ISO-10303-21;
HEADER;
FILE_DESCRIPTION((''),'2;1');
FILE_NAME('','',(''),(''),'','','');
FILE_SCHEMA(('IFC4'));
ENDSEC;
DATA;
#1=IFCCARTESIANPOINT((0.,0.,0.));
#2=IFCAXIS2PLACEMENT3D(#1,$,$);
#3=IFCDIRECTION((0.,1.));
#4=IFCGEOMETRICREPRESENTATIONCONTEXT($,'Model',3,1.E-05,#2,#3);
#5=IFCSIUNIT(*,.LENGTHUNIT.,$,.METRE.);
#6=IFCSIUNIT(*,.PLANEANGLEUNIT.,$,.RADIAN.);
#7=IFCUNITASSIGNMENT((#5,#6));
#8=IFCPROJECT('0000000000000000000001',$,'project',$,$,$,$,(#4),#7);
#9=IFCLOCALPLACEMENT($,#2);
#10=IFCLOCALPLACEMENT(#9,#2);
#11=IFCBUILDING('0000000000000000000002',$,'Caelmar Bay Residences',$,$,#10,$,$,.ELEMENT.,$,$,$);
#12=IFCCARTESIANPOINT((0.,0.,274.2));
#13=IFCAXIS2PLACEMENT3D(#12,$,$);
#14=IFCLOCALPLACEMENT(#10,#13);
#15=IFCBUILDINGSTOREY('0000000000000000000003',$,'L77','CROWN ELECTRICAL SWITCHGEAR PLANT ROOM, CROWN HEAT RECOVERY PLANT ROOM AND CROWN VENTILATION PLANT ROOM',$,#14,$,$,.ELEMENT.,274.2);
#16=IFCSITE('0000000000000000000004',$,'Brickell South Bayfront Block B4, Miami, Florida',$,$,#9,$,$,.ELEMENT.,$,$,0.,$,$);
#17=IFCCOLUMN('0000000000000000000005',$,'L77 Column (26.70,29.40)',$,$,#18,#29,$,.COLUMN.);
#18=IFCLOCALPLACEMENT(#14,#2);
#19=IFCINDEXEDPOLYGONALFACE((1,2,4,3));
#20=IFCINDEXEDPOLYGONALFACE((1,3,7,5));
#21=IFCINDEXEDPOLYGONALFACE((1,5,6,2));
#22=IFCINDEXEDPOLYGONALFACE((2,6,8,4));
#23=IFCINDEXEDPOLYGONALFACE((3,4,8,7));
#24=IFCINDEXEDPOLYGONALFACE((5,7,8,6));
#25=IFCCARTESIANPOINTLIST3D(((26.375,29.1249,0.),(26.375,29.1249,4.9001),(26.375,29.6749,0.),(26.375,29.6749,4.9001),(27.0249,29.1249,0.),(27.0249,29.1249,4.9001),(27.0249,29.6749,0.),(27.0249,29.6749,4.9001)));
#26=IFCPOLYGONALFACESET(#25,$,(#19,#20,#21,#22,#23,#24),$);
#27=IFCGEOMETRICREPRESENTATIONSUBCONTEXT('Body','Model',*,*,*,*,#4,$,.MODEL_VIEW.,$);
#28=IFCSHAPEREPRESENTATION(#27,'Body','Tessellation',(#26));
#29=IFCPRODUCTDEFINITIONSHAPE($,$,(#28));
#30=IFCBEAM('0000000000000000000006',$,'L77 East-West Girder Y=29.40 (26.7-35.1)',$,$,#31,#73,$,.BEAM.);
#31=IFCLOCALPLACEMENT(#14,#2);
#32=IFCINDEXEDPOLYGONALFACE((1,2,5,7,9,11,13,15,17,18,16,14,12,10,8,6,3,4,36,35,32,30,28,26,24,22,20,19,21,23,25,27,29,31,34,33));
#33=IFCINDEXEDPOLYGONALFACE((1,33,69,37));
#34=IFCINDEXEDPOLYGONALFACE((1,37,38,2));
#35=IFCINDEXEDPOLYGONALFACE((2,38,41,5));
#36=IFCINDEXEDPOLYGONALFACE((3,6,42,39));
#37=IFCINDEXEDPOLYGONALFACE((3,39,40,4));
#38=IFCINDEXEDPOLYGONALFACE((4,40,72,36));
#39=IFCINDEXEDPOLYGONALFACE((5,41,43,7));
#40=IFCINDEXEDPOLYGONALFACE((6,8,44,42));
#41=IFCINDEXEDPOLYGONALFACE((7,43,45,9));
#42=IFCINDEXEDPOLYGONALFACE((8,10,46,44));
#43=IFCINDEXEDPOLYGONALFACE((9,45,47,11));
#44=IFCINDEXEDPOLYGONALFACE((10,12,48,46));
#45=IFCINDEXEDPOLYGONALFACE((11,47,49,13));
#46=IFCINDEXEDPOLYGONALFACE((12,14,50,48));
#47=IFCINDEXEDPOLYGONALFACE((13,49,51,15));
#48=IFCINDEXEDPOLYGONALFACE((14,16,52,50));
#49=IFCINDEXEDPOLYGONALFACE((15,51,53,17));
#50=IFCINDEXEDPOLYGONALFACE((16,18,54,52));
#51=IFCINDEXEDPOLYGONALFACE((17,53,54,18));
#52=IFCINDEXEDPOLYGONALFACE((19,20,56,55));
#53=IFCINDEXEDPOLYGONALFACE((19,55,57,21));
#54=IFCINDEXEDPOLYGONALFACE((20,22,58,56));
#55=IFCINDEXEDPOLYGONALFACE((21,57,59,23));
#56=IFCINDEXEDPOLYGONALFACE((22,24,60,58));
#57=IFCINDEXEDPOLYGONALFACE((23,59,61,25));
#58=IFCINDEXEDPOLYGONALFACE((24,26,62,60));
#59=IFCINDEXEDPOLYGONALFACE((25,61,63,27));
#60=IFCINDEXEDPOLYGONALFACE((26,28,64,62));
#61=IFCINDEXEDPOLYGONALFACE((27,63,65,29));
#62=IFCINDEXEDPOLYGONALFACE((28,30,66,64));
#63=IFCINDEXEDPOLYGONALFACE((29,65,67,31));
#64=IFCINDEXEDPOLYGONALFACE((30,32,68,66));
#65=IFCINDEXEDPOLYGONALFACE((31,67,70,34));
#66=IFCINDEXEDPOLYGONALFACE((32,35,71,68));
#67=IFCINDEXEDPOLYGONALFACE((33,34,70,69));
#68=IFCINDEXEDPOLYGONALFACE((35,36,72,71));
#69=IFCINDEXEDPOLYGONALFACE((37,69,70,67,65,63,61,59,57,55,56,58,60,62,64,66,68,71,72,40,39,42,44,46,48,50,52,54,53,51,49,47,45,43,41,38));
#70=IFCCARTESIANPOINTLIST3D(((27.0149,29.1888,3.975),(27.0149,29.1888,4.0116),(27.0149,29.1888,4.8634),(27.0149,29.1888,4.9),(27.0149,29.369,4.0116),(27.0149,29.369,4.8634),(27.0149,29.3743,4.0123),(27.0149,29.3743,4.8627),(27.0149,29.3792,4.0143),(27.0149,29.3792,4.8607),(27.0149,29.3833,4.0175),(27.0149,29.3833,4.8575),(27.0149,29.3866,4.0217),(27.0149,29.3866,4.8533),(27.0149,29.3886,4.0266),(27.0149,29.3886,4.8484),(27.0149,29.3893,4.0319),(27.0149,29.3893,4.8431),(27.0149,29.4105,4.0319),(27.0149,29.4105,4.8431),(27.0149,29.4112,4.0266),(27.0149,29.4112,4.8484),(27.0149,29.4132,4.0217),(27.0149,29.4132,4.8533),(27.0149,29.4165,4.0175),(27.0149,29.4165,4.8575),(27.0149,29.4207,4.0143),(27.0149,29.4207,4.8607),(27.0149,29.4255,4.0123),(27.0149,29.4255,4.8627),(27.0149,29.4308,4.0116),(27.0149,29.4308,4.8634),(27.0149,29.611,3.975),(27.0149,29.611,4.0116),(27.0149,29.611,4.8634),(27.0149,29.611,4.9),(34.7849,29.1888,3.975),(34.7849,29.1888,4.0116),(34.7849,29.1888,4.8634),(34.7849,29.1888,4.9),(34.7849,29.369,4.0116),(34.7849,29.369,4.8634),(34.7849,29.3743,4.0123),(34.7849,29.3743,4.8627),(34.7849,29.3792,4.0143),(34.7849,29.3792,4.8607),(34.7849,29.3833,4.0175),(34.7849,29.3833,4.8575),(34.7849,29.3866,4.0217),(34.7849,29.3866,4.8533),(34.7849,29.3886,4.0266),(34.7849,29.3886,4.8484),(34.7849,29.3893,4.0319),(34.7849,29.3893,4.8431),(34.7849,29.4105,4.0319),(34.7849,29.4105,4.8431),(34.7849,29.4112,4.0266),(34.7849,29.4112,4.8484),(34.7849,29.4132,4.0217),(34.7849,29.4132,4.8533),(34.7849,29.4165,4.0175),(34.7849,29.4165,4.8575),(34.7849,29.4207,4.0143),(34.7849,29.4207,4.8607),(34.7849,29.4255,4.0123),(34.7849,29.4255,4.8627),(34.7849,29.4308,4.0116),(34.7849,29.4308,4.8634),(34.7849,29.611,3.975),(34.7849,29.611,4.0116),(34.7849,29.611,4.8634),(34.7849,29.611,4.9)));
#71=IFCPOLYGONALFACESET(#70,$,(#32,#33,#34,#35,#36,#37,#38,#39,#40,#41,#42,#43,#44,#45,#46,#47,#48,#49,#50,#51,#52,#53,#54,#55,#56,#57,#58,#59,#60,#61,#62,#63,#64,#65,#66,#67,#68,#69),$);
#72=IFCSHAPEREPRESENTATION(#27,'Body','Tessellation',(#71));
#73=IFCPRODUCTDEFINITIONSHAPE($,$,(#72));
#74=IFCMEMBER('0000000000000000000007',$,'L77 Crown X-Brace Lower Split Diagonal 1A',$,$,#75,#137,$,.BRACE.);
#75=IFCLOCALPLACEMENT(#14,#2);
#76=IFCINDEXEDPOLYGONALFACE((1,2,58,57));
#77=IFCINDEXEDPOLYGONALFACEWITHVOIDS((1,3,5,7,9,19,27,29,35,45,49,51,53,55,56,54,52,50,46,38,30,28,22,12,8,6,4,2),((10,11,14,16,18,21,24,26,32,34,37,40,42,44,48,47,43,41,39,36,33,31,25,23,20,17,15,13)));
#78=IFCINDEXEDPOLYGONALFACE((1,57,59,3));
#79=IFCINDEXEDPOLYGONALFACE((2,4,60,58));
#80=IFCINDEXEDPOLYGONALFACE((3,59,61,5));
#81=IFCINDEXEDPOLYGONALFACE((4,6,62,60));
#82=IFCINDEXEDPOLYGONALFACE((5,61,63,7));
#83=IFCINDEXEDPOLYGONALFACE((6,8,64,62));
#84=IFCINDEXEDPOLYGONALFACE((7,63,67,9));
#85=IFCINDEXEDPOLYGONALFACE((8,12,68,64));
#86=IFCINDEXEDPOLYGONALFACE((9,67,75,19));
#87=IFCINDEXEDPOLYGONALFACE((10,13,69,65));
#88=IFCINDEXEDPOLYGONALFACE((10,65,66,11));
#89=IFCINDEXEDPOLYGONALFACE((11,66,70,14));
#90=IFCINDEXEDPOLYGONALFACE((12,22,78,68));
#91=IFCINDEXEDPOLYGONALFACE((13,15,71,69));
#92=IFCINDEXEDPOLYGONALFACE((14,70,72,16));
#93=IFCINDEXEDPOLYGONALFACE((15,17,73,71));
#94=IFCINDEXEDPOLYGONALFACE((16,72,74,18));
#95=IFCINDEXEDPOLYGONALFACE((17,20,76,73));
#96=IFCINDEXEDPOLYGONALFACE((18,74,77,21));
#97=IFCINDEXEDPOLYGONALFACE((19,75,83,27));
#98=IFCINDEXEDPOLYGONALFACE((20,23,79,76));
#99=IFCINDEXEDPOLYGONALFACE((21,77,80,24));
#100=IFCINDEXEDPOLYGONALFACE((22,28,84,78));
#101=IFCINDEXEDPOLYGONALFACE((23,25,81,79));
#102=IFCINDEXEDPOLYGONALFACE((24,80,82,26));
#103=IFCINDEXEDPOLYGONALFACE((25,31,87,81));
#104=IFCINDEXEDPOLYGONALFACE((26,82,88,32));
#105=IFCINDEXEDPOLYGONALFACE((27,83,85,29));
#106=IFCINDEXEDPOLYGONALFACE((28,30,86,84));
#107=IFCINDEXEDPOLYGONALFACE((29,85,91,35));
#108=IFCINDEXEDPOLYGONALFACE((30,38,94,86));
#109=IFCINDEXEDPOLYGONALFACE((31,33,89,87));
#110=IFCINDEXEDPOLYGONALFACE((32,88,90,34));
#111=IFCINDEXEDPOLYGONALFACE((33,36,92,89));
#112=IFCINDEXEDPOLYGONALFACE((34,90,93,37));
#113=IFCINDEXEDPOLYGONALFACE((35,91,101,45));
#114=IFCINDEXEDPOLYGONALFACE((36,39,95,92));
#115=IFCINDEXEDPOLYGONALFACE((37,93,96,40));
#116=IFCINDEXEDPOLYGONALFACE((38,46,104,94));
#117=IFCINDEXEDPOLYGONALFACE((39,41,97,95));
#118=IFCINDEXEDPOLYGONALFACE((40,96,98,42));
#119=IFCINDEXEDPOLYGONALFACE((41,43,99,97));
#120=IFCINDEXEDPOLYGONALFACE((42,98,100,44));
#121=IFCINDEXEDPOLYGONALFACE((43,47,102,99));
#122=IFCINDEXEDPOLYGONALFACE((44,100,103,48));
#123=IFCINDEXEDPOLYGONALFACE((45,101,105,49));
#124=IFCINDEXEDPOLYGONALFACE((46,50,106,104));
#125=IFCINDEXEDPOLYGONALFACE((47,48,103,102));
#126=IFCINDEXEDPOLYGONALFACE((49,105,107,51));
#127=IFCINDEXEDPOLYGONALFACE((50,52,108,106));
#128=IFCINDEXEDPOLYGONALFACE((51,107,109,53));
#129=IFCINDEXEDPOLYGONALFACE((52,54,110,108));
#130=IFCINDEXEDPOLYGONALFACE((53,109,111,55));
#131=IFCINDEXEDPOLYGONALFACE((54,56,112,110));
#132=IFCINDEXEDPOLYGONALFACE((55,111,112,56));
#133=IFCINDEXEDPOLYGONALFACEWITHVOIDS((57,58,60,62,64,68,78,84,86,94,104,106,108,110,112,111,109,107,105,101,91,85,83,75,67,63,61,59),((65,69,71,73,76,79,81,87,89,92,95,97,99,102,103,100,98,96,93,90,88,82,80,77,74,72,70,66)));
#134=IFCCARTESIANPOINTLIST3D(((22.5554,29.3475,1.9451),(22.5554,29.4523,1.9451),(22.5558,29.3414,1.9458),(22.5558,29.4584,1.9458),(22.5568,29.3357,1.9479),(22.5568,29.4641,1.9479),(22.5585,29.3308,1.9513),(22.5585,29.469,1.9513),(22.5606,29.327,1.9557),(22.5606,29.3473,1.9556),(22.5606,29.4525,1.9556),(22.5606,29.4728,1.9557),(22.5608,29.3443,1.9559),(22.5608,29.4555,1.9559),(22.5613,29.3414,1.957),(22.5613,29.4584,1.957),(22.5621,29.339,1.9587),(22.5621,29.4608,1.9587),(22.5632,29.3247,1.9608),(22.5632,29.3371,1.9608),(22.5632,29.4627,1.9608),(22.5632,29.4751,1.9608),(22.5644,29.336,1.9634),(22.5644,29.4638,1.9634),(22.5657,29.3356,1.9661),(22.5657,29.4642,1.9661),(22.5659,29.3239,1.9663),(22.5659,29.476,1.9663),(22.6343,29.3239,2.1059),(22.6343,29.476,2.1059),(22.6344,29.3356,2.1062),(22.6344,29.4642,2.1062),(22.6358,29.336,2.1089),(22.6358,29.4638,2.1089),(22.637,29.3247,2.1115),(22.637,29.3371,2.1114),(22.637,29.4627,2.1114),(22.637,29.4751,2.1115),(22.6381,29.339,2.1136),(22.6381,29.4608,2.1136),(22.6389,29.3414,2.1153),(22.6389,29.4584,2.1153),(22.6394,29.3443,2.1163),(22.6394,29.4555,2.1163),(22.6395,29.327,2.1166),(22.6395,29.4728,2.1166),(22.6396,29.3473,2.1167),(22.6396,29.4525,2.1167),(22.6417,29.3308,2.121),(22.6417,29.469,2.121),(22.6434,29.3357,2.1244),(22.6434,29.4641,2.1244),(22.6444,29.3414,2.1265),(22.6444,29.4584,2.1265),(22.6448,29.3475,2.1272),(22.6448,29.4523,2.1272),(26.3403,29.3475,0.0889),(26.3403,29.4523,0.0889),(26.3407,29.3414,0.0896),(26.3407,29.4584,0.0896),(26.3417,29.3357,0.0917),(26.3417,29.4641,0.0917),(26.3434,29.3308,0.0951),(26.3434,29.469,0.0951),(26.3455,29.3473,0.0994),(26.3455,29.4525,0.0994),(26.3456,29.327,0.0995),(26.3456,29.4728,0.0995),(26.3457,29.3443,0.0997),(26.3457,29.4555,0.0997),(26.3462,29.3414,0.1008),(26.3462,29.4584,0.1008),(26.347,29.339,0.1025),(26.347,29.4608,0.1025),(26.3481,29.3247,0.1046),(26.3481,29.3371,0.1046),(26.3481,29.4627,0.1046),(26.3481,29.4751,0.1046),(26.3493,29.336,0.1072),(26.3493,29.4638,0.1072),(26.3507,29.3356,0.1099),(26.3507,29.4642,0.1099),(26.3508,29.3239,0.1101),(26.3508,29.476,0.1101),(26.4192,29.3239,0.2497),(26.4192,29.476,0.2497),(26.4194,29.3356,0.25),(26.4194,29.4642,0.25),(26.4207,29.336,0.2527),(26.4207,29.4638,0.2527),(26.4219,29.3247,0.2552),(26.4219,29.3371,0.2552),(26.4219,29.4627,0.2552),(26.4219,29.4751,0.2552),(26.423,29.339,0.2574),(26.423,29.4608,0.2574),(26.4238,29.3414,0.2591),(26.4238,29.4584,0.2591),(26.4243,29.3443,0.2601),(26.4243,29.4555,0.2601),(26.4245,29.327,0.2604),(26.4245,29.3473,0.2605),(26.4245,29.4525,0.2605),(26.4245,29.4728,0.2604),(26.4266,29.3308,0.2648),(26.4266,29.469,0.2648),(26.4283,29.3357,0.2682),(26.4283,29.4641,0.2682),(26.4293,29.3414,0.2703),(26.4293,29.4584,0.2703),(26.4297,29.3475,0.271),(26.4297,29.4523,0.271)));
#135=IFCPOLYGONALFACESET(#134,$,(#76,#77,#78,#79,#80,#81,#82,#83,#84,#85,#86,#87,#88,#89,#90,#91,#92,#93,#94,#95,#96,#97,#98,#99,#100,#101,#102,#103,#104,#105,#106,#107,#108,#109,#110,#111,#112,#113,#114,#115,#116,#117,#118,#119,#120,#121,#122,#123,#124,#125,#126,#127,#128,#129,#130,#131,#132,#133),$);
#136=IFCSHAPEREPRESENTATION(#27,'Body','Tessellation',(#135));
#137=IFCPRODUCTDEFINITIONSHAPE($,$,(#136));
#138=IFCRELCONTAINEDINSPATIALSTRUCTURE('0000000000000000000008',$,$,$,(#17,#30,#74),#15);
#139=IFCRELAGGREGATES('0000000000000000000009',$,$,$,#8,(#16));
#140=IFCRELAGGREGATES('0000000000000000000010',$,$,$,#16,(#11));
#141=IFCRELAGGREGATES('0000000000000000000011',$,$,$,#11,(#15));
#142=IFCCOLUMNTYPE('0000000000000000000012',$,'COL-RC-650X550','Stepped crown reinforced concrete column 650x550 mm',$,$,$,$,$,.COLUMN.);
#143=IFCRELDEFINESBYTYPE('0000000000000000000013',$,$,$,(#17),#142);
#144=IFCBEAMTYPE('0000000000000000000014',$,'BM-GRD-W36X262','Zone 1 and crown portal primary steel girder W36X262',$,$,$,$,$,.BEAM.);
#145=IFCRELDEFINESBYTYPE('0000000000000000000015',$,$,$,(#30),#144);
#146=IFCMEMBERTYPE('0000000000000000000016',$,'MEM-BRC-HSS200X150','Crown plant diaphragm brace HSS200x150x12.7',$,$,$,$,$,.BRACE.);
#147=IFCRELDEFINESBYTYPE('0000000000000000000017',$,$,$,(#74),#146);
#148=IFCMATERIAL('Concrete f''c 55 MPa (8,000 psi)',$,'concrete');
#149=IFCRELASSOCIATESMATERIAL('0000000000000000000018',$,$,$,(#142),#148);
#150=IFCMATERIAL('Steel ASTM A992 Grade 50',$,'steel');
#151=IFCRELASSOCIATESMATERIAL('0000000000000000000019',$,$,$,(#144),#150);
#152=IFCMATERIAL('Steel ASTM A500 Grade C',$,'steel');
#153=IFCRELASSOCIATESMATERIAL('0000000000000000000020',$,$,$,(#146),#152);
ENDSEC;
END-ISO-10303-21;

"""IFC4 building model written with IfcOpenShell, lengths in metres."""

from ifc_helpers import new_model, si_unit, direction, frame, origin, origin_2d, place, context, subcontext, project, spatial, rectangle, hollow_rectangle, i_section, extrude, material, material_profile, profile_set, type_object, element, save


model = new_model("IFC4")

# Units and contexts
model_context = context("Model", 3, precision=1e-05, world=origin(), true_north=direction((0.0, 1.0)))
body_context = subcontext(model_context, "Body", "Model", "MODEL_VIEW")
ifc_project = project(units=[si_unit("LENGTHUNIT", "METRE"), si_unit("PLANEANGLEUNIT", "RADIAN")], contexts=[model_context])

# Site, building, storey
site_placement = place(None, origin())
site = spatial("IfcSite", under=ifc_project, at=site_placement, Name="Brickell South Bayfront Block B4, Miami, Florida", CompositionType="ELEMENT", RefElevation=0.0)
building_placement = place(site_placement, origin())
building = spatial("IfcBuilding", under=site, at=building_placement, Name="Caelmar Bay Residences", CompositionType="ELEMENT")
storey_placement = place(building_placement, frame((0.0, 0.0, 274.2)))
storey = spatial("IfcBuildingStorey", under=building, at=storey_placement, Name="L77", Description="CROWN ELECTRICAL SWITCHGEAR PLANT ROOM, CROWN HEAT RECOVERY PLANT ROOM AND CROWN VENTILATION PLANT ROOM", CompositionType="ELEMENT", Elevation=274.2)

# Column
ifc_material_1 = material(Name="Concrete f'c 55 MPa (8,000 psi)", Category="concrete")
ifc_material_profile_1 = material_profile(ifc_material_1, rectangle(XDim=0.6499, YDim=0.55, at=origin_2d()), Name="RC-COL-650X550")
ifc_profile_set_1 = profile_set([ifc_material_profile_1], Name="Concrete f'c 55 MPa (8,000 psi)")
column_type = type_object("IfcColumnType", Name="COL-RC-650X550", Description="Stepped crown reinforced concrete column 650x550 mm", PredefinedType="COLUMN", material=ifc_profile_set_1)
column_placement = place(storey_placement, frame((26.7, 29.3999, 0.0), z_axis=(0.0, 0.0, 1.0), x_axis=(1.0, 0.0, 0.0)))
element("IfcColumn", 1, at=column_placement, inside=storey, type_object=column_type, Name="L77 Column (26.70,29.40)", PredefinedType="COLUMN", context=body_context, shape_type="SweptSolid", body=[
    extrude(rectangle(XDim=0.6499, YDim=0.55, at=origin_2d()), origin(), (0.0, 0.0, 1.0), 4.9001),
])

# Beam
ifc_material_2 = material(Name="Steel ASTM A992 Grade 50", Category="steel")
ifc_material_profile_2 = material_profile(ifc_material_2, i_section(OverallWidth=0.4221, OverallDepth=0.925, WebThickness=0.0212, FlangeThickness=0.0366, FilletRadius=0.0203, at=origin_2d()), Name="W36X262")
ifc_profile_set_2 = profile_set([ifc_material_profile_2], Name="Steel ASTM A992 Grade 50")
beam_type = type_object("IfcBeamType", Name="BM-GRD-W36X262", Description="Zone 1 and crown portal primary steel girder W36X262", PredefinedType="BEAM", material=ifc_profile_set_2)
beam_placement = place(storey_placement, frame((27.0149, 29.3999, 4.4375), z_axis=(1.0, 0.0, 0.0), x_axis=(0.0, 1.0, 0.0)))
element("IfcBeam", 2, at=beam_placement, inside=storey, type_object=beam_type, Name="L77 East-West Girder Y=29.40 (26.7-35.1)", PredefinedType="BEAM", context=body_context, shape_type="SweptSolid", body=[
    extrude(i_section(OverallWidth=0.4221, OverallDepth=0.925, WebThickness=0.0212, FlangeThickness=0.0366, FilletRadius=0.0203, at=origin_2d()), origin(), (0.0, 0.0, 1.0), 7.77),
])

# Member
ifc_material_3 = material(Name="Steel ASTM A500 Grade C", Category="steel")
ifc_material_profile_3 = material_profile(ifc_material_3, hollow_rectangle(XDim=0.1521, YDim=0.2029, WallThickness=0.0117, InnerFilletRadius=0.0117, OuterFilletRadius=0.0237, at=origin_2d()), Name="HSS200X150X12.7")
ifc_profile_set_3 = profile_set([ifc_material_profile_3], Name="Steel ASTM A500 Grade C")
member_type = type_object("IfcMemberType", Name="MEM-BRC-HSS200X150", Description="Crown plant diaphragm brace HSS200x150x12.7", PredefinedType="BRACE", material=ifc_profile_set_3)
for number, where, z_axis, x_axis, name in (
    (3, (26.385, 29.3999, 0.1799), (-0.897841, 0.0, 0.44032), (0.0, -1.0, 0.0), "L77 Crown X-Brace Lower Split Diagonal 1A"),
):
    element("IfcMember", number, at=place(storey_placement, frame(where, z_axis=z_axis, x_axis=x_axis)), inside=storey, type_object=member_type, Name=name, PredefinedType="BRACE", context=body_context, shape_type="SweptSolid", body=[
        extrude(hollow_rectangle(XDim=0.1521, YDim=0.2029, WallThickness=0.0117, InnerFilletRadius=0.0117, OuterFilletRadius=0.0237, at=origin_2d()), origin(), (0.0, 0.0, 1.0), 4.2156),
    ])

save(model, "model.ifc")
